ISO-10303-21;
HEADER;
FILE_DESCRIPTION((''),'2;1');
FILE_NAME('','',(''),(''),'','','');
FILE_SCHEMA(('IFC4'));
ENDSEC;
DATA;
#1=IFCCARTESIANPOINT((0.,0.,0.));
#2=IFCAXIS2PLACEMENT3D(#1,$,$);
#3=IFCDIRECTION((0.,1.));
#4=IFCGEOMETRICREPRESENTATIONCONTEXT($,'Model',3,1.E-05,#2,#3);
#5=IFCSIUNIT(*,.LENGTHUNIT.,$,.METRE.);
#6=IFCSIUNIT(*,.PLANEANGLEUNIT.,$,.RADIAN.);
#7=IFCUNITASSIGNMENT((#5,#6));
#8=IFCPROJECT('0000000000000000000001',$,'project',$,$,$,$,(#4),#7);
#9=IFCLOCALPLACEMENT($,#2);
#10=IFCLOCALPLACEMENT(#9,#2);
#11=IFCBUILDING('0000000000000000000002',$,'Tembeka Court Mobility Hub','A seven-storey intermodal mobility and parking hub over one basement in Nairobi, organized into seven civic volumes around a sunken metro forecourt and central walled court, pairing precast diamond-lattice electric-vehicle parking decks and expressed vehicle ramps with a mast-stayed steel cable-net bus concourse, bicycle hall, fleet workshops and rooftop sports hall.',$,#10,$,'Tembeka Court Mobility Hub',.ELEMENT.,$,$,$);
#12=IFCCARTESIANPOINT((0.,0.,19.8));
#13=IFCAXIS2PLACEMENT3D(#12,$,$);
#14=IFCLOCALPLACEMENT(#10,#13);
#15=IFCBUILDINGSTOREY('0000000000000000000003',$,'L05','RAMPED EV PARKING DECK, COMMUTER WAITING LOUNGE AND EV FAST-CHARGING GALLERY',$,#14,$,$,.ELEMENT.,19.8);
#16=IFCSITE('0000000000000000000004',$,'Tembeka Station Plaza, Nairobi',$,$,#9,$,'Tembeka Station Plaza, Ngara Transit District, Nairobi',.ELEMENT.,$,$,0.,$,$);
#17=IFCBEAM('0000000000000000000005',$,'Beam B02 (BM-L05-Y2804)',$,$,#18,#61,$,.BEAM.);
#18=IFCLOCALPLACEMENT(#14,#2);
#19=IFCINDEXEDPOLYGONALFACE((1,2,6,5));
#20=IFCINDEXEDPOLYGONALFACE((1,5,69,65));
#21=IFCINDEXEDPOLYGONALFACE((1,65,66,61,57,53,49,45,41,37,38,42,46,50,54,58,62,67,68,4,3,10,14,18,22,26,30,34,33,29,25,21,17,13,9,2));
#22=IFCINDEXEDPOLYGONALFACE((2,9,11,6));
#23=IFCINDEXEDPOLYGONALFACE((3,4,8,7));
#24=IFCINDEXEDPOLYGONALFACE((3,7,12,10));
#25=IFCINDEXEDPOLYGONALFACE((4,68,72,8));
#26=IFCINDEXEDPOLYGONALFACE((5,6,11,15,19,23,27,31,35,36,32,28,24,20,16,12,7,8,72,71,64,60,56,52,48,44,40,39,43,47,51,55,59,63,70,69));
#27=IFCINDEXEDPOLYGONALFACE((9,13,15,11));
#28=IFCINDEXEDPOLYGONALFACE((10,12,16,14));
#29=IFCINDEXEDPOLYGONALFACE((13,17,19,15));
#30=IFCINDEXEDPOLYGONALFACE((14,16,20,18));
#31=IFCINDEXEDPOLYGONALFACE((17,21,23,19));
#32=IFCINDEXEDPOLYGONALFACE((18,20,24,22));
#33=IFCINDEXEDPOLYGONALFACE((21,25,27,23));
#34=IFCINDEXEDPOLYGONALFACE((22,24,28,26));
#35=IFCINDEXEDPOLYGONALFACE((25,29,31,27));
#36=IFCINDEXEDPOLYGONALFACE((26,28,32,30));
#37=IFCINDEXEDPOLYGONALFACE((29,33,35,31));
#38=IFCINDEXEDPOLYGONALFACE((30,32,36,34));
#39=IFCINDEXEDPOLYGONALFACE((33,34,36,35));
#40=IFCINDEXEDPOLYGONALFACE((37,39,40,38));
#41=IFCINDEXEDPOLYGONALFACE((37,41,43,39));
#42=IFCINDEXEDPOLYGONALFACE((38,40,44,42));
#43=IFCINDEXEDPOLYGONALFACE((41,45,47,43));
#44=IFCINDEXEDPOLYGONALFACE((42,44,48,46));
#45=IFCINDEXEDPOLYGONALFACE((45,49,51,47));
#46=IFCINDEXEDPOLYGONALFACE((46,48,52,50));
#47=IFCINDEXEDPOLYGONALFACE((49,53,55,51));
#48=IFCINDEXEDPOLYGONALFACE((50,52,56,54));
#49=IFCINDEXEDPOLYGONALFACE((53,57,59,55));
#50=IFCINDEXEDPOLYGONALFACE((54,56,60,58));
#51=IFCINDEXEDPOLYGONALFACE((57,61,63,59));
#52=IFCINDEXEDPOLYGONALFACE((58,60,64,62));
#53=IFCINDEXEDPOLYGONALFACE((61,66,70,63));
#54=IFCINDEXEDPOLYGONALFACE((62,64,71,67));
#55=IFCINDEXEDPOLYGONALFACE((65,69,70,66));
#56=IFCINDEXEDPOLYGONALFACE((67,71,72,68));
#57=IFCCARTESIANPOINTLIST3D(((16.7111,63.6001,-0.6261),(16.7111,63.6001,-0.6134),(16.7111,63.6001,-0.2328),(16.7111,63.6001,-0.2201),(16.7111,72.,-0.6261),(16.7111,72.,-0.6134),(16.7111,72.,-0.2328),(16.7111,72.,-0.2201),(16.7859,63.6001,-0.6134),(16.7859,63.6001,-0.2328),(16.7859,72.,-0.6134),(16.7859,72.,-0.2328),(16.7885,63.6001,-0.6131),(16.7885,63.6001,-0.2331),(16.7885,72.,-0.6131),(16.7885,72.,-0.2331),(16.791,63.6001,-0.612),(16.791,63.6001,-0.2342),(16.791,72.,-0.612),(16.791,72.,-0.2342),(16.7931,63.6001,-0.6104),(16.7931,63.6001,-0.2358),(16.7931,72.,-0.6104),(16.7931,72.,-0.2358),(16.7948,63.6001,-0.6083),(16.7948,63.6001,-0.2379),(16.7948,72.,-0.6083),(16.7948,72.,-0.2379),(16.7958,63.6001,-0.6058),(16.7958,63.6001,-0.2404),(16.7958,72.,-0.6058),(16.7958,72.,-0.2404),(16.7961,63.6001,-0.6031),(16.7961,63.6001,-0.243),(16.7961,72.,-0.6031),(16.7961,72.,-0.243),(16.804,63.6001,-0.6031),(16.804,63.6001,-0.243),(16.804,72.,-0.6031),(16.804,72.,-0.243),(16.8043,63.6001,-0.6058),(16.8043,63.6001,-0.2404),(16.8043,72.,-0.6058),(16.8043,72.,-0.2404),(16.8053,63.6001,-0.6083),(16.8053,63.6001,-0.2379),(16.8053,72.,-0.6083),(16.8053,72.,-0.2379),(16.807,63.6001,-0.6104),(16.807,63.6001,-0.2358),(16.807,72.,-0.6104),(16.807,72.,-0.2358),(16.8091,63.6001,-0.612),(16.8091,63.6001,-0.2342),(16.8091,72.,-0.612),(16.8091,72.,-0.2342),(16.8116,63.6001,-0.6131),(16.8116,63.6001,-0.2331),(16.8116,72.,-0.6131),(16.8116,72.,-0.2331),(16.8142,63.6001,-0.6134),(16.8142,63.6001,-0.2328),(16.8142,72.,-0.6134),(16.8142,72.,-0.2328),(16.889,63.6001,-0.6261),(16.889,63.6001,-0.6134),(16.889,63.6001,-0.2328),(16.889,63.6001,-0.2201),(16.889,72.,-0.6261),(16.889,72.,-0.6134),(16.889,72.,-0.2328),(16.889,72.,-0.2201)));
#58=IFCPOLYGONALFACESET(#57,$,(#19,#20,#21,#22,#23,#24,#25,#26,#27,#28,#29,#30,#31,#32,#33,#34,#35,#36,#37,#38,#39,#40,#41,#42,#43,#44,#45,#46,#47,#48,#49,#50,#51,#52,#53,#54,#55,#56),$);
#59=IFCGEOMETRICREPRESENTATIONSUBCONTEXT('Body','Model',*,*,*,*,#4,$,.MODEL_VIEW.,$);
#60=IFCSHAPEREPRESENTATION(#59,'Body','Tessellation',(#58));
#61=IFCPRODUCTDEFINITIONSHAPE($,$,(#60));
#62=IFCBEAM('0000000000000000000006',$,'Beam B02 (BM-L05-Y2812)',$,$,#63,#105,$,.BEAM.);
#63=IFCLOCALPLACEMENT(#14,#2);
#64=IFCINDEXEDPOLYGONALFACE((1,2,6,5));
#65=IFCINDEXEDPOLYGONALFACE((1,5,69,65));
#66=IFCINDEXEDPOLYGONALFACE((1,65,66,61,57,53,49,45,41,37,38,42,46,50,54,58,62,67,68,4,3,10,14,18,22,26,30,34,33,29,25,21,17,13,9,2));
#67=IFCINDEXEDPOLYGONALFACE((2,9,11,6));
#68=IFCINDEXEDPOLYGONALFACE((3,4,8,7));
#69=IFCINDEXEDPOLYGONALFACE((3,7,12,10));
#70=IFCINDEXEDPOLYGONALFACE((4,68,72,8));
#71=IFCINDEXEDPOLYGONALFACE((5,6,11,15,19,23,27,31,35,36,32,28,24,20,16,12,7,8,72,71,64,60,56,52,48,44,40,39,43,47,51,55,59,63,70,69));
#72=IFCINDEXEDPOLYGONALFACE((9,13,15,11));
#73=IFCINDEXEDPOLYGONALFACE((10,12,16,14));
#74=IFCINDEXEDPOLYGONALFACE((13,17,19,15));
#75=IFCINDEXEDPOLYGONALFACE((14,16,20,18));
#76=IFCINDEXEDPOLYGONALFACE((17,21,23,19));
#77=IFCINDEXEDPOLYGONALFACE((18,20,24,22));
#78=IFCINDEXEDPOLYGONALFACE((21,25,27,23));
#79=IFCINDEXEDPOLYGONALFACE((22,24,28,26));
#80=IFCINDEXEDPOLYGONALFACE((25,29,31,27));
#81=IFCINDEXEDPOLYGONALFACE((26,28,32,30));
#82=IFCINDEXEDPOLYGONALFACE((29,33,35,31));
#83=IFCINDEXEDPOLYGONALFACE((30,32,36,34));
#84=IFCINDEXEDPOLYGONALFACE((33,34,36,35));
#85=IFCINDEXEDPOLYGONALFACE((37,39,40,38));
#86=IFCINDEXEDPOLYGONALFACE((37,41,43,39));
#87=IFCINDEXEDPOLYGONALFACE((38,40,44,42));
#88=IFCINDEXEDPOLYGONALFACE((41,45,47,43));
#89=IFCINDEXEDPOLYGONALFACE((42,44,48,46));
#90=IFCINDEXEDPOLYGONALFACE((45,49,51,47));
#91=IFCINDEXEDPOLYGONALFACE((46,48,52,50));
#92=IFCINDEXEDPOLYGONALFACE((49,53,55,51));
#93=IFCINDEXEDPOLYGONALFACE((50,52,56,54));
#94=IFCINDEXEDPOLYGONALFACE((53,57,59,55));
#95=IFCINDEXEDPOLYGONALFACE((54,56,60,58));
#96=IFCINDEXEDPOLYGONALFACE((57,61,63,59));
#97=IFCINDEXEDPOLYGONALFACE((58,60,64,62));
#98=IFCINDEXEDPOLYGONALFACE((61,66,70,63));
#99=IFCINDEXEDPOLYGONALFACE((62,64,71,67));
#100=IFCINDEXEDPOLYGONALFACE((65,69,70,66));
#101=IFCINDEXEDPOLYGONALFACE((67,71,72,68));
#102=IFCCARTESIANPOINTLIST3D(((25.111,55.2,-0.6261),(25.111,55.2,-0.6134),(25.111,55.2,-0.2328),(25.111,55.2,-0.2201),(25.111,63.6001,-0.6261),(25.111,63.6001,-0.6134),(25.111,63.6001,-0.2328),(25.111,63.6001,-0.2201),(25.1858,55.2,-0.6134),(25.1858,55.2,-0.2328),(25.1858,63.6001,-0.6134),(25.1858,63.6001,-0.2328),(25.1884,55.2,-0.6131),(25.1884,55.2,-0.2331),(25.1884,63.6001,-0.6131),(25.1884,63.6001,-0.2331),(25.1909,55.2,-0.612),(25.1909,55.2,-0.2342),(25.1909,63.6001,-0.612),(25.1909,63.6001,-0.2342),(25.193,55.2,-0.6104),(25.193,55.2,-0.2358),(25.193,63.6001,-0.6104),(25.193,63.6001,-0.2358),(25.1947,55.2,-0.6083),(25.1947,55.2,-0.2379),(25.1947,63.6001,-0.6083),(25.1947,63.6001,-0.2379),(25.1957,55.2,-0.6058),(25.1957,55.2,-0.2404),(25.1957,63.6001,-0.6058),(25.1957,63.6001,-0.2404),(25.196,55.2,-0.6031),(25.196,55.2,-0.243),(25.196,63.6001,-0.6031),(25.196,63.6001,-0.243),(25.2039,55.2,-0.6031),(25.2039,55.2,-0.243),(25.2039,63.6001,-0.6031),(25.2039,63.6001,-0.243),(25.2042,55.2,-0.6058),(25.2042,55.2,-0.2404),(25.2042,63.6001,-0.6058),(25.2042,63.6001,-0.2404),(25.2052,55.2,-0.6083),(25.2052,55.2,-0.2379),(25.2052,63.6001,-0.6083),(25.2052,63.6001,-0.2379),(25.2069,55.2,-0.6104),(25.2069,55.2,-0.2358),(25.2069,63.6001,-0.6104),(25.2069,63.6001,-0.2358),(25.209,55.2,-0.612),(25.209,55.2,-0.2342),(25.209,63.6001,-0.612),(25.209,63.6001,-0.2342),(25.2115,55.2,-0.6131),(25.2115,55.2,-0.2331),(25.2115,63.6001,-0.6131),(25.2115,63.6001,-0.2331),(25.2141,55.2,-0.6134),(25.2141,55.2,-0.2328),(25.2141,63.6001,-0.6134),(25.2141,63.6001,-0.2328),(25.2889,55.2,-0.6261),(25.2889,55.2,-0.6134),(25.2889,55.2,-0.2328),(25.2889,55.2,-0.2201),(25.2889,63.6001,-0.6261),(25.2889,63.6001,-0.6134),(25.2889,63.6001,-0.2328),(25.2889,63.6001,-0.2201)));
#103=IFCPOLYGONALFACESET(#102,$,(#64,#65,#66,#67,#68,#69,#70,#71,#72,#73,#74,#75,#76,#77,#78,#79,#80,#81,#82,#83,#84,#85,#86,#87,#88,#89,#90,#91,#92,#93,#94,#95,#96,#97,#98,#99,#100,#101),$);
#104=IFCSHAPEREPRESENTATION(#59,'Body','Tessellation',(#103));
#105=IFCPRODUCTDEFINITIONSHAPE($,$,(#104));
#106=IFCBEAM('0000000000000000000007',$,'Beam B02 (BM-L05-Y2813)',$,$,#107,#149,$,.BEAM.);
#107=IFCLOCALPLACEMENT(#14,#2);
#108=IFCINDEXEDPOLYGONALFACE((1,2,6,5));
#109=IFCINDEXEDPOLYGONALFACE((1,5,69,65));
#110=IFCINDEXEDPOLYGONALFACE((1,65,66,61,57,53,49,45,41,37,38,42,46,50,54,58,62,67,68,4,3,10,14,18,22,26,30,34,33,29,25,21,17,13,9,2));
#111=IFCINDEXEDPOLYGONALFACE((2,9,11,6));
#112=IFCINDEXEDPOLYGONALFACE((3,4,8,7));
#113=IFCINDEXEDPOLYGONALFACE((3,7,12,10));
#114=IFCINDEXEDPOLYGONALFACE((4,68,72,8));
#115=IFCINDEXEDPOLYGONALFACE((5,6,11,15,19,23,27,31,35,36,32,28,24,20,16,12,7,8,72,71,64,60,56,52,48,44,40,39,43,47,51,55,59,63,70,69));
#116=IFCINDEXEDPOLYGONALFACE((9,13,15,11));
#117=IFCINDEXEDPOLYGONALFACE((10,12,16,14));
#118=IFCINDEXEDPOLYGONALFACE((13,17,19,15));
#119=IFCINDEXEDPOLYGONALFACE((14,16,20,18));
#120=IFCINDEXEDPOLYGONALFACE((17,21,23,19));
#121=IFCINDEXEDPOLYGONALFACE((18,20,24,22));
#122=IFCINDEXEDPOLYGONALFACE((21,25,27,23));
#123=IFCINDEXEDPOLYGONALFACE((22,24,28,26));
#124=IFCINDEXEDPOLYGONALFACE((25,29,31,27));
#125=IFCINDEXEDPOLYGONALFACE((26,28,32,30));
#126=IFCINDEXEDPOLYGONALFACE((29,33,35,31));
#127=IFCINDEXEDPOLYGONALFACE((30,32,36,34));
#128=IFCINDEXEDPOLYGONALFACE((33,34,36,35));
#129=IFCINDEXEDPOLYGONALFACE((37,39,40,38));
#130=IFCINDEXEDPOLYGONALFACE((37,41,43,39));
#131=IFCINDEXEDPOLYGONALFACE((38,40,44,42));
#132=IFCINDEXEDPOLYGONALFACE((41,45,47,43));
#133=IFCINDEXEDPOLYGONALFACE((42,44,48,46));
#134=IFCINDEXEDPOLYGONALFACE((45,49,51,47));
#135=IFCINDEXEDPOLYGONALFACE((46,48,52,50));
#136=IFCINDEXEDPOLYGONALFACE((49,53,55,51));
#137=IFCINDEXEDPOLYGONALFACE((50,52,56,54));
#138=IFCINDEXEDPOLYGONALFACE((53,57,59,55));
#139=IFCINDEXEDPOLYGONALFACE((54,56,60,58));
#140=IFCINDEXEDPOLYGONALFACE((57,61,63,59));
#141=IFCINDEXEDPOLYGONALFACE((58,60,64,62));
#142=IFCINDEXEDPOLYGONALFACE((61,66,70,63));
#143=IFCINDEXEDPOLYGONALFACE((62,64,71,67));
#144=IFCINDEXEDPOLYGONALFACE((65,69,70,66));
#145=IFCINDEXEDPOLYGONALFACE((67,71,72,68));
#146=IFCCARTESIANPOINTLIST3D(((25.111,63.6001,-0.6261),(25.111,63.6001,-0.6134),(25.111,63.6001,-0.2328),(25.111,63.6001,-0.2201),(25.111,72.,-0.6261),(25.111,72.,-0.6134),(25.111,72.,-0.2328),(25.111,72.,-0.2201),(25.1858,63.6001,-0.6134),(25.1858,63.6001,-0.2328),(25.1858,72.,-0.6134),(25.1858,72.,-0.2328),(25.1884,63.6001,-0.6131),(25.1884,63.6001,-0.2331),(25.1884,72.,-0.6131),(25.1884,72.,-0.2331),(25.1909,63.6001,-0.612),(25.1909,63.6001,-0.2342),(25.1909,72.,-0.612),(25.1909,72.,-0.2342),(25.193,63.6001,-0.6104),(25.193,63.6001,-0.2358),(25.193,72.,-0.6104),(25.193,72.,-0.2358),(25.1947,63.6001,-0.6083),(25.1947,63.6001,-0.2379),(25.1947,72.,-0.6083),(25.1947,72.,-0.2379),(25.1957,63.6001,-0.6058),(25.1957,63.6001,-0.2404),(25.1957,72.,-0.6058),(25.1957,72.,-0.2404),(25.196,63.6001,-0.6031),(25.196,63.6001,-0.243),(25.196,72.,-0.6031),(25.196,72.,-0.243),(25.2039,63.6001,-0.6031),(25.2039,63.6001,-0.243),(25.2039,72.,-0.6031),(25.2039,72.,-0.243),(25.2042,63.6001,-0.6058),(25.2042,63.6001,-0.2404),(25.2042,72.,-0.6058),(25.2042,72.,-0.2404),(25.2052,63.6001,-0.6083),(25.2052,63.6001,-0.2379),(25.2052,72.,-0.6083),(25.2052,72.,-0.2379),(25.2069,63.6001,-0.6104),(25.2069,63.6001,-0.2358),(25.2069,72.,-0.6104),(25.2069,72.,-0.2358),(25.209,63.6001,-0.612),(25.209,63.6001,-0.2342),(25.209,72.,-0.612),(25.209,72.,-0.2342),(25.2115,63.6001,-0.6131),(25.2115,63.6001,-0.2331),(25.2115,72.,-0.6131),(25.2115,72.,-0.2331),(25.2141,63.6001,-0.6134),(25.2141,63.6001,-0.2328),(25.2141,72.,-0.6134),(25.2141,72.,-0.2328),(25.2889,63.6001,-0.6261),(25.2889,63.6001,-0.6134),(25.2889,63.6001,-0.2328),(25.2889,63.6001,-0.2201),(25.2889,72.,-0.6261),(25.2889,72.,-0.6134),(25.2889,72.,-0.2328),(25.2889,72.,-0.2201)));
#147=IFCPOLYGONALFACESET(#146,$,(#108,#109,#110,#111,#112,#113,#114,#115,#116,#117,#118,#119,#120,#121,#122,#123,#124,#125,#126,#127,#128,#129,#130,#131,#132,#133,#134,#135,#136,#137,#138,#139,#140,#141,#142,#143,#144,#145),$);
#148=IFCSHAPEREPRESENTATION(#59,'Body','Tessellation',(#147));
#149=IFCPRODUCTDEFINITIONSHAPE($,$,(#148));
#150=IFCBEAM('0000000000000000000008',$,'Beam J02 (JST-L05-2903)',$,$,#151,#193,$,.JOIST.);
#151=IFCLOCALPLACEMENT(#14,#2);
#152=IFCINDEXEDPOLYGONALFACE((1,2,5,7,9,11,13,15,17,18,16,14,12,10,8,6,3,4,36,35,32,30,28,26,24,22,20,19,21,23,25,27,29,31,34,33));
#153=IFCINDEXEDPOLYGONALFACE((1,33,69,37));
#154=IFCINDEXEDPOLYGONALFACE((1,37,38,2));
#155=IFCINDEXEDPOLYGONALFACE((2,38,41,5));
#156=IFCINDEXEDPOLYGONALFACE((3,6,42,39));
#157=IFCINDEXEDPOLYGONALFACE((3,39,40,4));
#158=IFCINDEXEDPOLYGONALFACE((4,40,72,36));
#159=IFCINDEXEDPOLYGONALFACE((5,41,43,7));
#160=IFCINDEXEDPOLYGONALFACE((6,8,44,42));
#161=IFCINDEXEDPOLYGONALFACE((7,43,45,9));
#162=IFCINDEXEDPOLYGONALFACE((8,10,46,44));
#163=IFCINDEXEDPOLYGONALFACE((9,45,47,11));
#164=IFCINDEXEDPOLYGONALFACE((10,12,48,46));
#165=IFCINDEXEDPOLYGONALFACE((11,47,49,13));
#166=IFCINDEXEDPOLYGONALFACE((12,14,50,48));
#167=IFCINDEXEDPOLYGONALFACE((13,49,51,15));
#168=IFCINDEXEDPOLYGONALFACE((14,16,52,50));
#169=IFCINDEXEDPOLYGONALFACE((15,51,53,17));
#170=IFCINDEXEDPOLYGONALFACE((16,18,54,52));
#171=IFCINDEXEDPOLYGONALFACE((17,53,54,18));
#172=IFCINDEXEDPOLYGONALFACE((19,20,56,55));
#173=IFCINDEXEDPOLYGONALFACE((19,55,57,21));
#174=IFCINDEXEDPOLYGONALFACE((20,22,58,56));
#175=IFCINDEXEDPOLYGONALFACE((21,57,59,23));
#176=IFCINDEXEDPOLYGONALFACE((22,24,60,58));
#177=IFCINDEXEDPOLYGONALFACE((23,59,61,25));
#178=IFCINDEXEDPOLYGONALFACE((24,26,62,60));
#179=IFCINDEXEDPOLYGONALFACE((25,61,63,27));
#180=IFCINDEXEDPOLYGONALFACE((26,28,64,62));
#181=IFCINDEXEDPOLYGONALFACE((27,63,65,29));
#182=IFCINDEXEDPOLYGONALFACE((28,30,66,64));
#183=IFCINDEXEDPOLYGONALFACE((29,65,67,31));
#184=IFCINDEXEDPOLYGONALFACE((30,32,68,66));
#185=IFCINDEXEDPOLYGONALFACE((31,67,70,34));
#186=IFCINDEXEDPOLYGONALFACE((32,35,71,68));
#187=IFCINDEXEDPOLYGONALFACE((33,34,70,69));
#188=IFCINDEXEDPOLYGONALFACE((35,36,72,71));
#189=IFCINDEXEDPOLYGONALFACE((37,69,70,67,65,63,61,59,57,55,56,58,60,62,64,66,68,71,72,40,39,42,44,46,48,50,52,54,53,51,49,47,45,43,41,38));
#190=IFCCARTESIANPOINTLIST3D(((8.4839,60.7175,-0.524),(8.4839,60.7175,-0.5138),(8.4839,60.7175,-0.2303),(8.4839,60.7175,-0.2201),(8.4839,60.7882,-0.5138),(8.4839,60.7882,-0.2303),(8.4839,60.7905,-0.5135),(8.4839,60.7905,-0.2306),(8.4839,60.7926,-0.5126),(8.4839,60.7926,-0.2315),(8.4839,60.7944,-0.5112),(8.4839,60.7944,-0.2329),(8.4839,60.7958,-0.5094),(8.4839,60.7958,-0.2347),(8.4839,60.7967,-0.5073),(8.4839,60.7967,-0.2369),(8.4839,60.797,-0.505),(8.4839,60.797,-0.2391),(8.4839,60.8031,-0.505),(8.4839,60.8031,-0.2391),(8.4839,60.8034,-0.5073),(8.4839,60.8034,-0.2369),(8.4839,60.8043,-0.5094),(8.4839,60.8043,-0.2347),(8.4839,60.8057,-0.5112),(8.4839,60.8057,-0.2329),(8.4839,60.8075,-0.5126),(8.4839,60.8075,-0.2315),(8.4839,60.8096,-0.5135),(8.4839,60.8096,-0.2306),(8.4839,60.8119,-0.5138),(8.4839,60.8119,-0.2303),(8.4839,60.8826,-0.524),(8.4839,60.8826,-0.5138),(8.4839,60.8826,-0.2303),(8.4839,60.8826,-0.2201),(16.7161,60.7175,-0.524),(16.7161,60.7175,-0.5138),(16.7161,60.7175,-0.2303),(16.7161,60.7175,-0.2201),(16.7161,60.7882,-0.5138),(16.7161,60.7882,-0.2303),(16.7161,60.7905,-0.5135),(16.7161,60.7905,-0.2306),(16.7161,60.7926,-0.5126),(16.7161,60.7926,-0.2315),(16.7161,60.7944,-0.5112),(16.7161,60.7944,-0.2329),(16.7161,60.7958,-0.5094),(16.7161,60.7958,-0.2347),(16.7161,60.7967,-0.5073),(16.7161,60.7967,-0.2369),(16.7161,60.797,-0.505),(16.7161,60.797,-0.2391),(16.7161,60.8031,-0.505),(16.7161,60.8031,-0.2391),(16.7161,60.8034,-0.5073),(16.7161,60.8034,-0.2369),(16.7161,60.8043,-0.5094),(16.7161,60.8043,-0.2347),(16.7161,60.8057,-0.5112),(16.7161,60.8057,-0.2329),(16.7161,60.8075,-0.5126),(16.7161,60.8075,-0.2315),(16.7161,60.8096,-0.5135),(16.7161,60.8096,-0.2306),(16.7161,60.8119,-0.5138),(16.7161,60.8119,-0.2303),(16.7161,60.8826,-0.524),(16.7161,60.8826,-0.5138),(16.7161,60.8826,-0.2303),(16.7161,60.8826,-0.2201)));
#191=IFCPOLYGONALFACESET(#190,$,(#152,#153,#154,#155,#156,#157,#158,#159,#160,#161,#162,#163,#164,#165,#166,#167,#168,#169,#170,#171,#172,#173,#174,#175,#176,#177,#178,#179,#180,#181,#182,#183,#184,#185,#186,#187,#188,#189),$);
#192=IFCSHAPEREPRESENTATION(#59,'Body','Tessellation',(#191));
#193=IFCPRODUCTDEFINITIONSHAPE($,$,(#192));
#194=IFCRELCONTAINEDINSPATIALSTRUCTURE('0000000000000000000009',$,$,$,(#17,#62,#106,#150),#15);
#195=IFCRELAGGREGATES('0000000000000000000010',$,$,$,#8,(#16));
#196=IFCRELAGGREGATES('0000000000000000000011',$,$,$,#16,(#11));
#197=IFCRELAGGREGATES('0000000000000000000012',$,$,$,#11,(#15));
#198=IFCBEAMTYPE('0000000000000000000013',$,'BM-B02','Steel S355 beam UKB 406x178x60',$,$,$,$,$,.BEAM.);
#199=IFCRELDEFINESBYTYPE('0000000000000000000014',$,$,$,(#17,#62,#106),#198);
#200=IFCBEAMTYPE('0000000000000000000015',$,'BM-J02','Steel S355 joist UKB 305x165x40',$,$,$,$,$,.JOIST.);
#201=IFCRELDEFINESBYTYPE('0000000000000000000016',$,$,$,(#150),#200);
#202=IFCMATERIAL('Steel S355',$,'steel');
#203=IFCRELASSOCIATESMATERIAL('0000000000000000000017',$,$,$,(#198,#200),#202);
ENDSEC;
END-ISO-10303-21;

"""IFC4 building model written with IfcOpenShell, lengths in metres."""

from ifc_helpers import new_model, si_unit, direction, frame, origin, origin_2d, place, context, subcontext, project, spatial, i_section, extrude, material, material_profile, profile_set, type_object, element, save


model = new_model("IFC4")

# Units and contexts
model_context = context("Model", 3, precision=1e-05, world=origin(), true_north=direction((0.0, 1.0)))
body_context = subcontext(model_context, "Body", "Model", "MODEL_VIEW")
ifc_project = project(units=[si_unit("LENGTHUNIT", "METRE"), si_unit("PLANEANGLEUNIT", "RADIAN")], contexts=[model_context])

# Site, building, storey
site_placement = place(None, origin())
site = spatial("IfcSite", under=ifc_project, at=site_placement, Name="Tembeka Station Plaza, Nairobi", LongName="Tembeka Station Plaza, Ngara Transit District, Nairobi", CompositionType="ELEMENT", RefElevation=0.0)
building_placement = place(site_placement, origin())
building = spatial("IfcBuilding", under=site, at=building_placement, Name="Tembeka Court Mobility Hub", Description="A seven-storey intermodal mobility and parking hub over one basement in Nairobi, organized into seven civic volumes around a sunken metro forecourt and central walled court, pairing precast diamond-lattice electric-vehicle parking decks and expressed vehicle ramps with a mast-stayed steel cable-net bus concourse, bicycle hall, fleet workshops and rooftop sports hall.", LongName="Tembeka Court Mobility Hub", CompositionType="ELEMENT")
storey_placement = place(building_placement, frame((0.0, 0.0, 19.8)))
storey = spatial("IfcBuildingStorey", under=building, at=storey_placement, Name="L05", Description="RAMPED EV PARKING DECK, COMMUTER WAITING LOUNGE AND EV FAST-CHARGING GALLERY", CompositionType="ELEMENT", Elevation=19.8)

# Shared definitions
ifc_material_1 = material(Name="Steel S355", Category="steel")

# Beams
ifc_material_profile_1 = material_profile(ifc_material_1, i_section(OverallWidth=0.178, OverallDepth=0.406, WebThickness=0.0078, FlangeThickness=0.0127, FilletRadius=0.0103, at=origin_2d()), Name="UKB 406x178x60")
ifc_profile_set_1 = profile_set([ifc_material_profile_1], Name="Steel S355")
beam_type_1 = type_object("IfcBeamType", Name="BM-B02", Description="Steel S355 beam UKB 406x178x60", PredefinedType="BEAM", material=ifc_profile_set_1)
for number, where, z_axis, x_axis, name in (
    (1, (16.8, 63.6001, -0.4231), (0.0, 1.0, 0.0), (-1.0, 0.0, 0.0), "Beam B02 (BM-L05-Y2804)"),
):
    element("IfcBeam", number, at=place(storey_placement, frame(where, z_axis=z_axis, x_axis=x_axis)), inside=storey, type_object=beam_type_1, Name=name, PredefinedType="BEAM", context=body_context, shape_type="SweptSolid", body=[
        extrude(i_section(OverallWidth=0.178, OverallDepth=0.406, WebThickness=0.0078, FlangeThickness=0.0127, FilletRadius=0.0103, at=origin_2d()), origin(), (0.0, 0.0, 1.0), 8.3999),
    ])
beam_1_placement = place(storey_placement, frame((25.2, 55.2, -0.4231), z_axis=(0.0, 1.0, 0.0), x_axis=(-1.0, 0.0, 0.0)))
element("IfcBeam", 2, at=beam_1_placement, inside=storey, type_object=beam_type_1, Name="Beam B02 (BM-L05-Y2812)", PredefinedType="BEAM", context=body_context, shape_type="SweptSolid", body=[
    extrude(i_section(OverallWidth=0.178, OverallDepth=0.406, WebThickness=0.0078, FlangeThickness=0.0127, FilletRadius=0.0103, at=origin_2d()), origin(), (0.0, 0.0, 1.0), 8.4001),
])
beam_2_placement = place(storey_placement, frame((25.2, 63.6001, -0.4231), z_axis=(0.0, 1.0, 0.0), x_axis=(-1.0, 0.0, 0.0)))
element("IfcBeam", 3, at=beam_2_placement, inside=storey, type_object=beam_type_1, Name="Beam B02 (BM-L05-Y2813)", PredefinedType="BEAM", context=body_context, shape_type="SweptSolid", body=[
    extrude(i_section(OverallWidth=0.178, OverallDepth=0.406, WebThickness=0.0078, FlangeThickness=0.0127, FilletRadius=0.0103, at=origin_2d()), origin(), (0.0, 0.0, 1.0), 8.3999),
])
ifc_material_profile_2 = material_profile(ifc_material_1, i_section(OverallWidth=0.165, OverallDepth=0.304, WebThickness=0.0061, FlangeThickness=0.0103, FilletRadius=0.0088, at=origin_2d()), Name="UKB 305x165x40")
ifc_profile_set_2 = profile_set([ifc_material_profile_2], Name="Steel S355")
beam_type_2 = type_object("IfcBeamType", Name="BM-J02", Description="Steel S355 joist UKB 305x165x40", PredefinedType="JOIST", material=ifc_profile_set_2)
for number, where, z_axis, x_axis, name in (
    (4, (8.4839, 60.8, -0.3721), (1.0, 0.0, 0.0), (0.0, 1.0, 0.0), "Beam J02 (JST-L05-2903)"),
):
    element("IfcBeam", number, at=place(storey_placement, frame(where, z_axis=z_axis, x_axis=x_axis)), inside=storey, type_object=beam_type_2, Name=name, PredefinedType="JOIST", context=body_context, shape_type="SweptSolid", body=[
        extrude(i_section(OverallWidth=0.165, OverallDepth=0.304, WebThickness=0.0061, FlangeThickness=0.0103, FilletRadius=0.0088, at=origin_2d()), origin(), (0.0, 0.0, 1.0), 8.2322),
    ])

save(model, "model.ifc")
